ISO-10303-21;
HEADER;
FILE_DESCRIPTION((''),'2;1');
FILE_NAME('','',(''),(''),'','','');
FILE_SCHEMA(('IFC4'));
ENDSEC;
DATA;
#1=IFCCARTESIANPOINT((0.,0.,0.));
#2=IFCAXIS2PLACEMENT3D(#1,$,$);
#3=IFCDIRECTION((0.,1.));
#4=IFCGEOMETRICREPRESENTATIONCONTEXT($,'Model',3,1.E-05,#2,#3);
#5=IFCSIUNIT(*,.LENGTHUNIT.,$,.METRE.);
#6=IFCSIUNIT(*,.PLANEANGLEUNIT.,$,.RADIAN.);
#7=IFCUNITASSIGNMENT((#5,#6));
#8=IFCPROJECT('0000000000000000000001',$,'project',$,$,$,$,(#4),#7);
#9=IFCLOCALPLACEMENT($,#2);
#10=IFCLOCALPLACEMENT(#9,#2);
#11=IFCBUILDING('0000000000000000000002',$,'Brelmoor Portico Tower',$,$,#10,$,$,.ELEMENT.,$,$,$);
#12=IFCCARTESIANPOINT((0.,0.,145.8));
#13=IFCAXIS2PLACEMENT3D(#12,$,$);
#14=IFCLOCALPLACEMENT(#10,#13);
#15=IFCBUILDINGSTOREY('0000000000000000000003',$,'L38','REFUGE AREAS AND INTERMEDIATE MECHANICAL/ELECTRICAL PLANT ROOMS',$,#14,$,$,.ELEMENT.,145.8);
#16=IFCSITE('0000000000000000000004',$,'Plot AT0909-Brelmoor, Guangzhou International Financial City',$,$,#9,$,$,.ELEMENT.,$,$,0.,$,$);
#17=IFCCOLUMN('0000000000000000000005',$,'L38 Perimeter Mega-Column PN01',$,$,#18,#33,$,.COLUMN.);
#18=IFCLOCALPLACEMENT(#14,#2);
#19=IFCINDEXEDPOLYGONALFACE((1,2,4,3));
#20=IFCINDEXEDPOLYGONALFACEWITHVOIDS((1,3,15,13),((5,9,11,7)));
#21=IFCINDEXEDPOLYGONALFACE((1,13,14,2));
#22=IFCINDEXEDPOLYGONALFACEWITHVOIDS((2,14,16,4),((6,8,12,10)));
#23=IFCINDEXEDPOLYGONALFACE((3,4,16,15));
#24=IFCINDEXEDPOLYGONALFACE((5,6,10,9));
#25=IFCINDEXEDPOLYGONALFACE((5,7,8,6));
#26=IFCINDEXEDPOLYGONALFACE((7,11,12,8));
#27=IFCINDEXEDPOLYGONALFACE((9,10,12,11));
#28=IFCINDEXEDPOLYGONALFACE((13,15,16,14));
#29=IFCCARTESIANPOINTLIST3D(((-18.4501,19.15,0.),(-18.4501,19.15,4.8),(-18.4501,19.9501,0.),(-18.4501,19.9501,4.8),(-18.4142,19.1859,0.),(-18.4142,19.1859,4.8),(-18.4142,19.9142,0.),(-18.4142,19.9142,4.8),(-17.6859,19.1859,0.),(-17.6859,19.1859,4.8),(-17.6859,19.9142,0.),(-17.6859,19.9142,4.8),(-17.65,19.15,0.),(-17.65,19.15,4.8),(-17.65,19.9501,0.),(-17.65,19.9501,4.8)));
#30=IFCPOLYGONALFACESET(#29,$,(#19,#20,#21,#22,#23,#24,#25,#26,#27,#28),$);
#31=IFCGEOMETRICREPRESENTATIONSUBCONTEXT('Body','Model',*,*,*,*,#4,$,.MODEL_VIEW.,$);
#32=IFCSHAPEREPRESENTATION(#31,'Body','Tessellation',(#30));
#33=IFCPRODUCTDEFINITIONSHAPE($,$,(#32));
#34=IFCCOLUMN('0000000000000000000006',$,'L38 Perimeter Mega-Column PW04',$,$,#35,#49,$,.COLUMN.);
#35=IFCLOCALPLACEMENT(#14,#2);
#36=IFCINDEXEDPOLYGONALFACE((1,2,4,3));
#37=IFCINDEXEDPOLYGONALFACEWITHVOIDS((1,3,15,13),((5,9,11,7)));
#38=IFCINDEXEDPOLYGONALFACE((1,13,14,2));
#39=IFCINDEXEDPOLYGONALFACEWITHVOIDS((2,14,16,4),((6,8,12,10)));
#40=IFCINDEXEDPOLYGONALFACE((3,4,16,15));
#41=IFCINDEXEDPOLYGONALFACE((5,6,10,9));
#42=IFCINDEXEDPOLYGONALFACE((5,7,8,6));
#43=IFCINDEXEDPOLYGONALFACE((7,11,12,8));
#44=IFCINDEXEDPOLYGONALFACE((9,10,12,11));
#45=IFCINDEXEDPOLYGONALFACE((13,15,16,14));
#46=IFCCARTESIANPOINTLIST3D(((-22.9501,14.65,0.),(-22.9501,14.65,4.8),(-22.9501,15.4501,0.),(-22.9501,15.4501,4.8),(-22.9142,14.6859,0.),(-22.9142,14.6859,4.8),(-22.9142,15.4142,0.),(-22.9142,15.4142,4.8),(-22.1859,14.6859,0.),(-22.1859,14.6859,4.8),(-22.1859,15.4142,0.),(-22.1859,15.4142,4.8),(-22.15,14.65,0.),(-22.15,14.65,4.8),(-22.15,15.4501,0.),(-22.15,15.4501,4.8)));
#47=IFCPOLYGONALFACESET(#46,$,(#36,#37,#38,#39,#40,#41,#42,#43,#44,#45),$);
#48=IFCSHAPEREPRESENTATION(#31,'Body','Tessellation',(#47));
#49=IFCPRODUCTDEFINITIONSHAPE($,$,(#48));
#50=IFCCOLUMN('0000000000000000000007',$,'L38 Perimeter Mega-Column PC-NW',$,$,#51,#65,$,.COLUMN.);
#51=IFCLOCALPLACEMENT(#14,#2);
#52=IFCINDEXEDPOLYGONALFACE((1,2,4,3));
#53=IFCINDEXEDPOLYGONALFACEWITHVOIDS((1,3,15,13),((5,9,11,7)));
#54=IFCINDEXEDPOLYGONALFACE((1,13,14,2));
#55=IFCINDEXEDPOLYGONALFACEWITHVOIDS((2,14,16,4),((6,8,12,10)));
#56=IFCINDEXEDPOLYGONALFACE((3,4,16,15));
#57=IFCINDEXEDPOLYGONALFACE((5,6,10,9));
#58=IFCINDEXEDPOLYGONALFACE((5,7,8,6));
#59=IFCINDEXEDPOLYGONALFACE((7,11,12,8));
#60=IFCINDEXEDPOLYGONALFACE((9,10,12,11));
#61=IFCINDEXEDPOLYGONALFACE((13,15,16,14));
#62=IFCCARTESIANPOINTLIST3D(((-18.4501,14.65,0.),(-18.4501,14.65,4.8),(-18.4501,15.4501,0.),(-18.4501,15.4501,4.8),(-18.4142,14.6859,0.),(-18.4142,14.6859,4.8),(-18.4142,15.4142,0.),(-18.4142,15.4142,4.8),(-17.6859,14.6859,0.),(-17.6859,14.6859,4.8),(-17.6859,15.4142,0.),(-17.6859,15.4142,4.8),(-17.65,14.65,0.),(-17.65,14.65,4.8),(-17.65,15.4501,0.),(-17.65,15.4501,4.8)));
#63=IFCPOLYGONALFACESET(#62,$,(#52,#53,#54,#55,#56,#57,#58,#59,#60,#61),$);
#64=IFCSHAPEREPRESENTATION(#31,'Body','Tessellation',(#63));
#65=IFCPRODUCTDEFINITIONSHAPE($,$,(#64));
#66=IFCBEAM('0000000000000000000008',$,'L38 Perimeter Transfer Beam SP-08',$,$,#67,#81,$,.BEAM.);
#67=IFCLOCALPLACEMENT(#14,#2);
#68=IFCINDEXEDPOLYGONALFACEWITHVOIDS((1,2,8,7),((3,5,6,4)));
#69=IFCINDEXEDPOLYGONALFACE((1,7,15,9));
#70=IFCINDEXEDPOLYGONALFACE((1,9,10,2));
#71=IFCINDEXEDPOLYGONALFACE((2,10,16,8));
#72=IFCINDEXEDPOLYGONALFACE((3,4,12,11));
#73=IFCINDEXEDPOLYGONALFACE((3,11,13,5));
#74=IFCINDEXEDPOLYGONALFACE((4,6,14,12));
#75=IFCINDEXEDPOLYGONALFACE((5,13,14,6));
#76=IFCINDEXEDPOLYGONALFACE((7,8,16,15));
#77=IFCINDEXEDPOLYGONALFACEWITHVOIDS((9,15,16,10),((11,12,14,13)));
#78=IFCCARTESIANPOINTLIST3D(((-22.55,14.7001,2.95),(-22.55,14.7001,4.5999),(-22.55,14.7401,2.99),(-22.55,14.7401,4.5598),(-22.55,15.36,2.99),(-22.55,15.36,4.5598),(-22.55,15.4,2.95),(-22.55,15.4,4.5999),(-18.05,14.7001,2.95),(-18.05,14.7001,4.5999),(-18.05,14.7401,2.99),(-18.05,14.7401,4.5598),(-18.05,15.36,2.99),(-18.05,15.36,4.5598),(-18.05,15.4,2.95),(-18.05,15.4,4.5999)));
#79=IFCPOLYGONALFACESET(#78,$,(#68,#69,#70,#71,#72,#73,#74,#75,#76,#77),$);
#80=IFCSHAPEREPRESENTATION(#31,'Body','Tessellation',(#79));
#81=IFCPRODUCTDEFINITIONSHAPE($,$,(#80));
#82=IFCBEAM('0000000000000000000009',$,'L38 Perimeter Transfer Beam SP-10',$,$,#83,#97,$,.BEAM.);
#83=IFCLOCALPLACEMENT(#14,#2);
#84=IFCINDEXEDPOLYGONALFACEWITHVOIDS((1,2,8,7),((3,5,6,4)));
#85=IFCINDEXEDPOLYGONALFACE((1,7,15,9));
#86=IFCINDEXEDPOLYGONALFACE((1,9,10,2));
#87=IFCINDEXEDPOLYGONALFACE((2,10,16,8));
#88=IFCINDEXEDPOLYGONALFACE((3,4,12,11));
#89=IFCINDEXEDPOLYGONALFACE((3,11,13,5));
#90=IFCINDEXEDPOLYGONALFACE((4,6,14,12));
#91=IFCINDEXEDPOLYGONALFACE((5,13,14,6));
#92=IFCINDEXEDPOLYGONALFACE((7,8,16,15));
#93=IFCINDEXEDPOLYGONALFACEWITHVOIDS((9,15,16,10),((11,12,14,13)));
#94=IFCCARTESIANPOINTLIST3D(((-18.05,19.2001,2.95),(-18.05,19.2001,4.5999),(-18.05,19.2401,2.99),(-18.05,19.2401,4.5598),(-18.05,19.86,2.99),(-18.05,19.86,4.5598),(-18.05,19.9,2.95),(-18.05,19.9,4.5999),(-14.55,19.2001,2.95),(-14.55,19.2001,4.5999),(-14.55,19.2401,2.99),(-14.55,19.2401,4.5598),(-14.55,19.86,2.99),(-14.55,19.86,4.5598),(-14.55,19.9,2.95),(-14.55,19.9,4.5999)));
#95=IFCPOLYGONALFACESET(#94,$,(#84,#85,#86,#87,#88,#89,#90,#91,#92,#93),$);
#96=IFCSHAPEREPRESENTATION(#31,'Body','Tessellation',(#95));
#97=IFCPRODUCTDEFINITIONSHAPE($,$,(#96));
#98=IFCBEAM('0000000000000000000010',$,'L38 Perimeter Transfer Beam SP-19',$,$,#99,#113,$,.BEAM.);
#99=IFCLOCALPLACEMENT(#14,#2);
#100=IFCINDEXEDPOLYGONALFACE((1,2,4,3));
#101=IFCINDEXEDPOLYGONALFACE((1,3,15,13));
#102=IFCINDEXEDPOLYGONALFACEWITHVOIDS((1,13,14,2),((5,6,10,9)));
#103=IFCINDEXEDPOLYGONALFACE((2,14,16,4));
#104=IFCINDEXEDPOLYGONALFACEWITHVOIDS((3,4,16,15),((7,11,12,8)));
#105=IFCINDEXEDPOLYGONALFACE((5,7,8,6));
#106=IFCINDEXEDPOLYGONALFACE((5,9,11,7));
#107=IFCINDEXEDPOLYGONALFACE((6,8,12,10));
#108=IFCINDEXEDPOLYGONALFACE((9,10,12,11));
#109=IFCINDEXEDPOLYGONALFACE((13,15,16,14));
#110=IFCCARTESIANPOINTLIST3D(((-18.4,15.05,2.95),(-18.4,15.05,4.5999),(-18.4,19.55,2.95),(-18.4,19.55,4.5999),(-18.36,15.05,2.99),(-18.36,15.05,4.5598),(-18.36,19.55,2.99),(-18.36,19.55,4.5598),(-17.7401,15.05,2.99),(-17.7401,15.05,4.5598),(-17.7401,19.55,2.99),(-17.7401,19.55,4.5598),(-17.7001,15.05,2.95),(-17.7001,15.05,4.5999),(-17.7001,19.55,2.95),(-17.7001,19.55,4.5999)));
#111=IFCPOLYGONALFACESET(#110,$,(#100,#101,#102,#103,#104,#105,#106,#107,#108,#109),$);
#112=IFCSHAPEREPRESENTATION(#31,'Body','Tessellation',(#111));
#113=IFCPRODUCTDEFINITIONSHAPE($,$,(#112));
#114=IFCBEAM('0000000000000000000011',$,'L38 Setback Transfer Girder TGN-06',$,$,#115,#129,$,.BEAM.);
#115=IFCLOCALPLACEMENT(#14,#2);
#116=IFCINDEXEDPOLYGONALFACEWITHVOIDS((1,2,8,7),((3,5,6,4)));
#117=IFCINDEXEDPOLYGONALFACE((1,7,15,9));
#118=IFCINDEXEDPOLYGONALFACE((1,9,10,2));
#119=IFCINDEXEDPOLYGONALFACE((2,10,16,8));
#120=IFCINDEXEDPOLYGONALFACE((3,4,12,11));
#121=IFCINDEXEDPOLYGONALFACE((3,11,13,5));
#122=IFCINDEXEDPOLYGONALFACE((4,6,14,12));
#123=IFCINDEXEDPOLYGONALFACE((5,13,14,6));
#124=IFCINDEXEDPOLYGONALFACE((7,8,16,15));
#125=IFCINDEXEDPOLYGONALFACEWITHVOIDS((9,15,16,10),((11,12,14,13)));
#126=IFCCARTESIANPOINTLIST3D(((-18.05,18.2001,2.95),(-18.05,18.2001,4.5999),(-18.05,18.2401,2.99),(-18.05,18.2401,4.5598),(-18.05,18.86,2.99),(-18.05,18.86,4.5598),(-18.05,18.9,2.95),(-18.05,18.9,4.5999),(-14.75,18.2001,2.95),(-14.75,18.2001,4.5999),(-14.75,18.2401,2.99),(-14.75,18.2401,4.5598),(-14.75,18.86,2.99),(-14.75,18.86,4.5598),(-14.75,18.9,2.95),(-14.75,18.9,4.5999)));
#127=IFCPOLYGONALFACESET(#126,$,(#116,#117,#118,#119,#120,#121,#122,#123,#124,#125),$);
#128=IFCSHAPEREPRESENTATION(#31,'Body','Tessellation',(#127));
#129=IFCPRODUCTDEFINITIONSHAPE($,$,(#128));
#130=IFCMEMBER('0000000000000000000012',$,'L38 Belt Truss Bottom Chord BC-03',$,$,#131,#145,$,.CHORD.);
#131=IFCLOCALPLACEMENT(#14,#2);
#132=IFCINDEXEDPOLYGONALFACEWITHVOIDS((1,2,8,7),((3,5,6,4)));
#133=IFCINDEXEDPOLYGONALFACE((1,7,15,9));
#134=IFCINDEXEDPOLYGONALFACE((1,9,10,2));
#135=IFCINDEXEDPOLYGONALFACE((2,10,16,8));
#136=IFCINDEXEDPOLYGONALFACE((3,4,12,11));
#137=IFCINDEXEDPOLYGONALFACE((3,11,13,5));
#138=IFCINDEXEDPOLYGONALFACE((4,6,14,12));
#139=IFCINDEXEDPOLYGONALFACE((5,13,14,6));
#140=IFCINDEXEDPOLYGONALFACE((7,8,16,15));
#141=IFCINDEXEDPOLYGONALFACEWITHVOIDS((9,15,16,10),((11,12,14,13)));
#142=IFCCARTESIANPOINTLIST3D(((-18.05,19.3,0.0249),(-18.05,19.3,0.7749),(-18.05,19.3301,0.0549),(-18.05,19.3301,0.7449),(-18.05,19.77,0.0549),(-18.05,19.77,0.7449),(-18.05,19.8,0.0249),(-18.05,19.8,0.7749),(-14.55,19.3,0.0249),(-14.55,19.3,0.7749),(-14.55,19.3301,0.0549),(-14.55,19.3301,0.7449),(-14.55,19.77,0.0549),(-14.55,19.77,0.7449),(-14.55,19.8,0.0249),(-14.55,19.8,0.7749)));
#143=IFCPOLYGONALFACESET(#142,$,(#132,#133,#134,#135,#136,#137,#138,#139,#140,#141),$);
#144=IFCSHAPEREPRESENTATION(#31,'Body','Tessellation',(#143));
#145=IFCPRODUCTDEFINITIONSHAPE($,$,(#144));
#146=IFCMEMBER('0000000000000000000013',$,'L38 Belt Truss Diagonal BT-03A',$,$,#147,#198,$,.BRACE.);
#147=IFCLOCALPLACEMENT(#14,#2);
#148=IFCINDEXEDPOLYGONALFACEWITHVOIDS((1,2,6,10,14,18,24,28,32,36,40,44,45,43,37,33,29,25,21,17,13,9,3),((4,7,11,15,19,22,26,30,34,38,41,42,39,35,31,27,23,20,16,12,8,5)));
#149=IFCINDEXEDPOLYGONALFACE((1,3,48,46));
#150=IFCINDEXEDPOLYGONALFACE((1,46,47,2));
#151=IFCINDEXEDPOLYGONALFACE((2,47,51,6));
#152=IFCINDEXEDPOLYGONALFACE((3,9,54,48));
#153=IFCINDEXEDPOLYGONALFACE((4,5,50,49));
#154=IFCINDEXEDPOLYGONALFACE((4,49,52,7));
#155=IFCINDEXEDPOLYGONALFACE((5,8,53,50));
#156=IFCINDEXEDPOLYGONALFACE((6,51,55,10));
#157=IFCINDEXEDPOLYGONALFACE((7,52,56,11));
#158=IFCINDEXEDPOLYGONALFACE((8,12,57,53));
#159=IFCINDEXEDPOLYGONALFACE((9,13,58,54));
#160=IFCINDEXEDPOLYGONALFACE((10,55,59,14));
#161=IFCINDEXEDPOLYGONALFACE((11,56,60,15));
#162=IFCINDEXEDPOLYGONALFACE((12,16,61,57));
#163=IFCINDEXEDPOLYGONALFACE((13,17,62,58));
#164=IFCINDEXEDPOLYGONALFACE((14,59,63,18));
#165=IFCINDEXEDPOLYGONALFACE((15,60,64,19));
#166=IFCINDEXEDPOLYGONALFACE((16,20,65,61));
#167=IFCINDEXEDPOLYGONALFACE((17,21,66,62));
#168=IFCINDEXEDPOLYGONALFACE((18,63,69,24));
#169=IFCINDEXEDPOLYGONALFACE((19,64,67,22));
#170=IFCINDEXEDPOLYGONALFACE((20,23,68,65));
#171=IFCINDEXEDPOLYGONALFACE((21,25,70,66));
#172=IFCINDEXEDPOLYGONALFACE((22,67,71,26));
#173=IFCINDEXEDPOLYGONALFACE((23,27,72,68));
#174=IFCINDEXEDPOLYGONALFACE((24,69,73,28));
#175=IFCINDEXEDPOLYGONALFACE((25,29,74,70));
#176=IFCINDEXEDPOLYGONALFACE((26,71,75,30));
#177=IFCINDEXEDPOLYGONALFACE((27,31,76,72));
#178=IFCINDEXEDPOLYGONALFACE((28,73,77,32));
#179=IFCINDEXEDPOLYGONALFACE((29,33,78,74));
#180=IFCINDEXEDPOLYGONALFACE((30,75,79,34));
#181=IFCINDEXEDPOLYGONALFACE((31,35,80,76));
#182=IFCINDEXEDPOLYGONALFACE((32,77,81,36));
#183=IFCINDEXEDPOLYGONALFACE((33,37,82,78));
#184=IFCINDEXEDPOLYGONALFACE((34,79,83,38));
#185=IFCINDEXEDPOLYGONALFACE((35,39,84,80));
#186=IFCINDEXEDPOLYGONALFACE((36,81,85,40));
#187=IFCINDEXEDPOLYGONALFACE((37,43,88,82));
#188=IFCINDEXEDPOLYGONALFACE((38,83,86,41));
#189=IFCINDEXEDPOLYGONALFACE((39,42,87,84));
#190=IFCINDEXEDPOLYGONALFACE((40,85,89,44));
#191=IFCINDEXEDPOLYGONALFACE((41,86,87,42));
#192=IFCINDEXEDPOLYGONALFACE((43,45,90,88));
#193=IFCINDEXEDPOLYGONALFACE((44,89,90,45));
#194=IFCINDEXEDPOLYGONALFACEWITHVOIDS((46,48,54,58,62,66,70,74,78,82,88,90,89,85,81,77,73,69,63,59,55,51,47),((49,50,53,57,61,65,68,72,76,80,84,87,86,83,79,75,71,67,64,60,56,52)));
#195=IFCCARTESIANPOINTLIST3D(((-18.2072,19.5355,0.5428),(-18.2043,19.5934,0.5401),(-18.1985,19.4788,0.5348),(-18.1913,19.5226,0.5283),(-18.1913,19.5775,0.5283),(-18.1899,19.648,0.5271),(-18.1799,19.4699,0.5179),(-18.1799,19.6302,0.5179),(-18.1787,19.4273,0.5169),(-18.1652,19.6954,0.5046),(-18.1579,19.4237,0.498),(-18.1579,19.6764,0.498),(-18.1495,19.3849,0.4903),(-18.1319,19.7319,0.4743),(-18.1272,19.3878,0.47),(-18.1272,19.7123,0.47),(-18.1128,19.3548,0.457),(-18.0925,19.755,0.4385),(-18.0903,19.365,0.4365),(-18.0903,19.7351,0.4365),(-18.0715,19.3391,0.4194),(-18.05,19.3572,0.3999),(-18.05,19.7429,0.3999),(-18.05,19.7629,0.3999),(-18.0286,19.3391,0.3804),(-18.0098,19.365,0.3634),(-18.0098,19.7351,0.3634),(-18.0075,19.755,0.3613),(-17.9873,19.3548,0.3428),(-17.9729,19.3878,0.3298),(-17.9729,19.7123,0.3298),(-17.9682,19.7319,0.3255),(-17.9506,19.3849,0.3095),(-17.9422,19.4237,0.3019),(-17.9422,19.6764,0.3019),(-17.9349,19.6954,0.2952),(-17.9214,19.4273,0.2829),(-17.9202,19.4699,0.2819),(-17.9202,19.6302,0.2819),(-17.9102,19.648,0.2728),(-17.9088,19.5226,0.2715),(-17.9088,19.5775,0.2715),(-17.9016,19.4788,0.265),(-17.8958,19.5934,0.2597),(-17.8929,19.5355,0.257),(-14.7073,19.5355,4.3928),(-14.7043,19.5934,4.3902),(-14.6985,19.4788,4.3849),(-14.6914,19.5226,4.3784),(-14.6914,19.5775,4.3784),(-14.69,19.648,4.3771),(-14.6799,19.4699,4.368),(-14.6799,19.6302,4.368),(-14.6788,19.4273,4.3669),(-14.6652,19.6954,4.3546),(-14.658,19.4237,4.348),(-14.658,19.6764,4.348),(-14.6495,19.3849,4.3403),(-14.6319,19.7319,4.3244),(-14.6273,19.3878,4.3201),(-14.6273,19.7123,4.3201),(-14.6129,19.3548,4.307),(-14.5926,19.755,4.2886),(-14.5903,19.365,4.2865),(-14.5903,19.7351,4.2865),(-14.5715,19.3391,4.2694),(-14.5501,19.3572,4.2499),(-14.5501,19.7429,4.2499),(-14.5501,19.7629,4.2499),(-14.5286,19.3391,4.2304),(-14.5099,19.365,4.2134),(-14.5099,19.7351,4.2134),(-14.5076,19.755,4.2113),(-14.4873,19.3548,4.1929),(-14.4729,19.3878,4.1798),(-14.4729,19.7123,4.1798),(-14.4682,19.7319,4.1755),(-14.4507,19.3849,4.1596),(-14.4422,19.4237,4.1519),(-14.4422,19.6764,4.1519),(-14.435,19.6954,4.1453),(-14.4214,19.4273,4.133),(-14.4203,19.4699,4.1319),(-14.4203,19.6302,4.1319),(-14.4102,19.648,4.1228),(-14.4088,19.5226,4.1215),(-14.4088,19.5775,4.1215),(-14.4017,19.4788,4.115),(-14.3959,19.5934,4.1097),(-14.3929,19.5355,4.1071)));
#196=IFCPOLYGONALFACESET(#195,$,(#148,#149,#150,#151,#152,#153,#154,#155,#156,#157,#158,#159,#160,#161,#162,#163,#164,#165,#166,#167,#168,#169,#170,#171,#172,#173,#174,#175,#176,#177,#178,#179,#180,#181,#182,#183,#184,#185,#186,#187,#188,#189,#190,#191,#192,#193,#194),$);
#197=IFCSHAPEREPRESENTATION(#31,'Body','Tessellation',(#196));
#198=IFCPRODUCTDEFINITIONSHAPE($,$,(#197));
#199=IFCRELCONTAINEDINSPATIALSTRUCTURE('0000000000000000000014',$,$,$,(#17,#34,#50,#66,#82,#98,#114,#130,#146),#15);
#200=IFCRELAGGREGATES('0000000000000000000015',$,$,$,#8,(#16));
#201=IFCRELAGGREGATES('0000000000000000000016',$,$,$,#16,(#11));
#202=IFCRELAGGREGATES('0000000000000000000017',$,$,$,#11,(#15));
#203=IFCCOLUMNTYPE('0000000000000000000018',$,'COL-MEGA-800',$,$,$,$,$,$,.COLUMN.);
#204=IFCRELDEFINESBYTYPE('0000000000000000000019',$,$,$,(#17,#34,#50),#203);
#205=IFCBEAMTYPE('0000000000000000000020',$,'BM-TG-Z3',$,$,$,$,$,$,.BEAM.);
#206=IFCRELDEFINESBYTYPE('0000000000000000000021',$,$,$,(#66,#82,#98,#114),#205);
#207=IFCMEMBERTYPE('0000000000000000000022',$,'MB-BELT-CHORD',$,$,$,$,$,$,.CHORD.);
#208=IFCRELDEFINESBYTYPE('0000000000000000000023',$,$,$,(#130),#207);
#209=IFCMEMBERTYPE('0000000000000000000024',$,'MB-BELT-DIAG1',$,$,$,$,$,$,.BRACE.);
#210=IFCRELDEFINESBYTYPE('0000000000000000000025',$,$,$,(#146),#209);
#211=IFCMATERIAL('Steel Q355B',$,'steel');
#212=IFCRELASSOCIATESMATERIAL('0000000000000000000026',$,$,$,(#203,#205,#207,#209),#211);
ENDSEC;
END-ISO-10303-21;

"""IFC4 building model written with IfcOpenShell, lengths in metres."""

from ifc_helpers import new_model, si_unit, direction, frame, origin, origin_2d, place, context, subcontext, project, spatial, hollow_rectangle, hollow_circle, extrude, material, material_profile, profile_set, type_object, element, save


model = new_model("IFC4")

# Units and contexts
model_context = context("Model", 3, precision=1e-05, world=origin(), true_north=direction((0.0, 1.0)))
body_context = subcontext(model_context, "Body", "Model", "MODEL_VIEW")
ifc_project = project(units=[si_unit("LENGTHUNIT", "METRE"), si_unit("PLANEANGLEUNIT", "RADIAN")], contexts=[model_context])

# Site, building, storey
site_placement = place(None, origin())
site = spatial("IfcSite", under=ifc_project, at=site_placement, Name="Plot AT0909-Brelmoor, Guangzhou International Financial City", CompositionType="ELEMENT", RefElevation=0.0)
building_placement = place(site_placement, origin())
building = spatial("IfcBuilding", under=site, at=building_placement, Name="Brelmoor Portico Tower", CompositionType="ELEMENT")
storey_placement = place(building_placement, frame((0.0, 0.0, 145.8)))
storey = spatial("IfcBuildingStorey", under=building, at=storey_placement, Name="L38", Description="REFUGE AREAS AND INTERMEDIATE MECHANICAL/ELECTRICAL PLANT ROOMS", CompositionType="ELEMENT", Elevation=145.8)

# Columns
ifc_material_1 = material(Name="Steel Q355B", Category="steel")
ifc_material_profile_1 = material_profile(ifc_material_1, hollow_rectangle(XDim=0.8, YDim=0.8, WallThickness=0.0359, at=origin_2d()), Name="BOX 800x800x36")
ifc_profile_set_1 = profile_set([ifc_material_profile_1], Name="Steel Q355B")
column_type = type_object("IfcColumnType", Name="COL-MEGA-800", PredefinedType="COLUMN", material=ifc_profile_set_1)
for number, where, z_axis, x_axis, name in (
    (1, (-18.05, 19.55, 0.0), (0.0, 0.0, 1.0), (1.0, 0.0, 0.0), "L38 Perimeter Mega-Column PN01"),
    (2, (-22.55, 15.05, 0.0), (0.0, 0.0, 1.0), (0.0, 1.0, 0.0), "L38 Perimeter Mega-Column PW04"),
    (3, (-18.05, 15.05, 0.0), (0.0, 0.0, 1.0), (1.0, 0.0, 0.0), "L38 Perimeter Mega-Column PC-NW"),
):
    element("IfcColumn", number, at=place(storey_placement, frame(where, z_axis=z_axis, x_axis=x_axis)), inside=storey, type_object=column_type, Name=name, PredefinedType="COLUMN", context=body_context, shape_type="SweptSolid", body=[
        extrude(hollow_rectangle(XDim=0.8, YDim=0.8, WallThickness=0.0359, at=origin_2d()), origin(), (0.0, 0.0, 1.0), 4.8),
    ])

# Beams
ifc_material_profile_2 = material_profile(ifc_material_1, hollow_rectangle(XDim=0.7, YDim=1.6499, WallThickness=0.04, at=origin_2d()), Name="BOX 700x1650x40")
ifc_profile_set_2 = profile_set([ifc_material_profile_2], Name="Steel Q355B")
beam_type = type_object("IfcBeamType", Name="BM-TG-Z3", PredefinedType="BEAM", material=ifc_profile_set_2)
beam_1_placement = place(storey_placement, frame((-22.55, 15.05, 3.7749), z_axis=(1.0, 0.0, 0.0), x_axis=(0.0, 1.0, 0.0)))
element("IfcBeam", 4, at=beam_1_placement, inside=storey, type_object=beam_type, Name="L38 Perimeter Transfer Beam SP-08", PredefinedType="BEAM", context=body_context, shape_type="SweptSolid", body=[
    extrude(hollow_rectangle(XDim=0.7, YDim=1.6499, WallThickness=0.04, at=origin_2d()), origin(), (0.0, 0.0, 1.0), 4.5),
])
beam_2_placement = place(storey_placement, frame((-18.05, 19.55, 3.7749), z_axis=(1.0, 0.0, 0.0), x_axis=(0.0, 1.0, 0.0)))
element("IfcBeam", 5, at=beam_2_placement, inside=storey, type_object=beam_type, Name="L38 Perimeter Transfer Beam SP-10", PredefinedType="BEAM", context=body_context, shape_type="SweptSolid", body=[
    extrude(hollow_rectangle(XDim=0.7, YDim=1.6499, WallThickness=0.04, at=origin_2d()), origin(), (0.0, 0.0, 1.0), 3.5),
])
beam_3_placement = place(storey_placement, frame((-18.05, 15.05, 3.7749), z_axis=(0.0, 1.0, 0.0), x_axis=(-1.0, 0.0, 0.0)))
element("IfcBeam", 6, at=beam_3_placement, inside=storey, type_object=beam_type, Name="L38 Perimeter Transfer Beam SP-19", PredefinedType="BEAM", context=body_context, shape_type="SweptSolid", body=[
    extrude(hollow_rectangle(XDim=0.7, YDim=1.6499, WallThickness=0.04, at=origin_2d()), origin(), (0.0, 0.0, 1.0), 4.5),
])
beam_4_placement = place(storey_placement, frame((-18.05, 18.55, 3.7749), z_axis=(1.0, 0.0, 0.0), x_axis=(0.0, 1.0, 0.0)))
element("IfcBeam", 7, at=beam_4_placement, inside=storey, type_object=beam_type, Name="L38 Setback Transfer Girder TGN-06", PredefinedType="BEAM", context=body_context, shape_type="SweptSolid", body=[
    extrude(hollow_rectangle(XDim=0.7, YDim=1.6499, WallThickness=0.04, at=origin_2d()), origin(), (0.0, 0.0, 1.0), 3.3),
])

# Members
ifc_material_profile_3 = material_profile(ifc_material_1, hollow_rectangle(XDim=0.5, YDim=0.75, WallThickness=0.03, at=origin_2d()), Name="RHS 500x750x30")
ifc_profile_set_3 = profile_set([ifc_material_profile_3], Name="Steel Q355B")
member_type_1 = type_object("IfcMemberType", Name="MB-BELT-CHORD", PredefinedType="CHORD", material=ifc_profile_set_3)
member_1_placement = place(storey_placement, frame((-18.05, 19.55, 0.3999), z_axis=(1.0, 0.0, 0.0), x_axis=(0.0, 1.0, 0.0)))
element("IfcMember", 8, at=member_1_placement, inside=storey, type_object=member_type_1, Name="L38 Belt Truss Bottom Chord BC-03", PredefinedType="CHORD", context=body_context, shape_type="SweptSolid", body=[
    extrude(hollow_rectangle(XDim=0.5, YDim=0.75, WallThickness=0.03, at=origin_2d()), origin(), (0.0, 0.0, 1.0), 3.5),
])
ifc_material_profile_4 = material_profile(ifc_material_1, hollow_circle(Radius=0.2129, WallThickness=0.02, at=origin_2d()), Name="CHS 426x20")
ifc_profile_set_4 = profile_set([ifc_material_profile_4], Name="Steel Q355B")
member_type_2 = type_object("IfcMemberType", Name="MB-BELT-DIAG1", PredefinedType="BRACE", material=ifc_profile_set_4)
member_2_placement = place(storey_placement, frame((-18.05, 19.55, 0.3999), z_axis=(0.672663, 0.0, 0.739949), x_axis=(0.0, 1.0, 0.0)))
element("IfcMember", 9, at=member_2_placement, inside=storey, type_object=member_type_2, Name="L38 Belt Truss Diagonal BT-03A", PredefinedType="BRACE", context=body_context, shape_type="SweptSolid", body=[
    extrude(hollow_circle(Radius=0.2129, WallThickness=0.02, at=origin_2d()), origin(), (0.0, 0.0, 1.0), 5.2031),
])

save(model, "model.ifc")
